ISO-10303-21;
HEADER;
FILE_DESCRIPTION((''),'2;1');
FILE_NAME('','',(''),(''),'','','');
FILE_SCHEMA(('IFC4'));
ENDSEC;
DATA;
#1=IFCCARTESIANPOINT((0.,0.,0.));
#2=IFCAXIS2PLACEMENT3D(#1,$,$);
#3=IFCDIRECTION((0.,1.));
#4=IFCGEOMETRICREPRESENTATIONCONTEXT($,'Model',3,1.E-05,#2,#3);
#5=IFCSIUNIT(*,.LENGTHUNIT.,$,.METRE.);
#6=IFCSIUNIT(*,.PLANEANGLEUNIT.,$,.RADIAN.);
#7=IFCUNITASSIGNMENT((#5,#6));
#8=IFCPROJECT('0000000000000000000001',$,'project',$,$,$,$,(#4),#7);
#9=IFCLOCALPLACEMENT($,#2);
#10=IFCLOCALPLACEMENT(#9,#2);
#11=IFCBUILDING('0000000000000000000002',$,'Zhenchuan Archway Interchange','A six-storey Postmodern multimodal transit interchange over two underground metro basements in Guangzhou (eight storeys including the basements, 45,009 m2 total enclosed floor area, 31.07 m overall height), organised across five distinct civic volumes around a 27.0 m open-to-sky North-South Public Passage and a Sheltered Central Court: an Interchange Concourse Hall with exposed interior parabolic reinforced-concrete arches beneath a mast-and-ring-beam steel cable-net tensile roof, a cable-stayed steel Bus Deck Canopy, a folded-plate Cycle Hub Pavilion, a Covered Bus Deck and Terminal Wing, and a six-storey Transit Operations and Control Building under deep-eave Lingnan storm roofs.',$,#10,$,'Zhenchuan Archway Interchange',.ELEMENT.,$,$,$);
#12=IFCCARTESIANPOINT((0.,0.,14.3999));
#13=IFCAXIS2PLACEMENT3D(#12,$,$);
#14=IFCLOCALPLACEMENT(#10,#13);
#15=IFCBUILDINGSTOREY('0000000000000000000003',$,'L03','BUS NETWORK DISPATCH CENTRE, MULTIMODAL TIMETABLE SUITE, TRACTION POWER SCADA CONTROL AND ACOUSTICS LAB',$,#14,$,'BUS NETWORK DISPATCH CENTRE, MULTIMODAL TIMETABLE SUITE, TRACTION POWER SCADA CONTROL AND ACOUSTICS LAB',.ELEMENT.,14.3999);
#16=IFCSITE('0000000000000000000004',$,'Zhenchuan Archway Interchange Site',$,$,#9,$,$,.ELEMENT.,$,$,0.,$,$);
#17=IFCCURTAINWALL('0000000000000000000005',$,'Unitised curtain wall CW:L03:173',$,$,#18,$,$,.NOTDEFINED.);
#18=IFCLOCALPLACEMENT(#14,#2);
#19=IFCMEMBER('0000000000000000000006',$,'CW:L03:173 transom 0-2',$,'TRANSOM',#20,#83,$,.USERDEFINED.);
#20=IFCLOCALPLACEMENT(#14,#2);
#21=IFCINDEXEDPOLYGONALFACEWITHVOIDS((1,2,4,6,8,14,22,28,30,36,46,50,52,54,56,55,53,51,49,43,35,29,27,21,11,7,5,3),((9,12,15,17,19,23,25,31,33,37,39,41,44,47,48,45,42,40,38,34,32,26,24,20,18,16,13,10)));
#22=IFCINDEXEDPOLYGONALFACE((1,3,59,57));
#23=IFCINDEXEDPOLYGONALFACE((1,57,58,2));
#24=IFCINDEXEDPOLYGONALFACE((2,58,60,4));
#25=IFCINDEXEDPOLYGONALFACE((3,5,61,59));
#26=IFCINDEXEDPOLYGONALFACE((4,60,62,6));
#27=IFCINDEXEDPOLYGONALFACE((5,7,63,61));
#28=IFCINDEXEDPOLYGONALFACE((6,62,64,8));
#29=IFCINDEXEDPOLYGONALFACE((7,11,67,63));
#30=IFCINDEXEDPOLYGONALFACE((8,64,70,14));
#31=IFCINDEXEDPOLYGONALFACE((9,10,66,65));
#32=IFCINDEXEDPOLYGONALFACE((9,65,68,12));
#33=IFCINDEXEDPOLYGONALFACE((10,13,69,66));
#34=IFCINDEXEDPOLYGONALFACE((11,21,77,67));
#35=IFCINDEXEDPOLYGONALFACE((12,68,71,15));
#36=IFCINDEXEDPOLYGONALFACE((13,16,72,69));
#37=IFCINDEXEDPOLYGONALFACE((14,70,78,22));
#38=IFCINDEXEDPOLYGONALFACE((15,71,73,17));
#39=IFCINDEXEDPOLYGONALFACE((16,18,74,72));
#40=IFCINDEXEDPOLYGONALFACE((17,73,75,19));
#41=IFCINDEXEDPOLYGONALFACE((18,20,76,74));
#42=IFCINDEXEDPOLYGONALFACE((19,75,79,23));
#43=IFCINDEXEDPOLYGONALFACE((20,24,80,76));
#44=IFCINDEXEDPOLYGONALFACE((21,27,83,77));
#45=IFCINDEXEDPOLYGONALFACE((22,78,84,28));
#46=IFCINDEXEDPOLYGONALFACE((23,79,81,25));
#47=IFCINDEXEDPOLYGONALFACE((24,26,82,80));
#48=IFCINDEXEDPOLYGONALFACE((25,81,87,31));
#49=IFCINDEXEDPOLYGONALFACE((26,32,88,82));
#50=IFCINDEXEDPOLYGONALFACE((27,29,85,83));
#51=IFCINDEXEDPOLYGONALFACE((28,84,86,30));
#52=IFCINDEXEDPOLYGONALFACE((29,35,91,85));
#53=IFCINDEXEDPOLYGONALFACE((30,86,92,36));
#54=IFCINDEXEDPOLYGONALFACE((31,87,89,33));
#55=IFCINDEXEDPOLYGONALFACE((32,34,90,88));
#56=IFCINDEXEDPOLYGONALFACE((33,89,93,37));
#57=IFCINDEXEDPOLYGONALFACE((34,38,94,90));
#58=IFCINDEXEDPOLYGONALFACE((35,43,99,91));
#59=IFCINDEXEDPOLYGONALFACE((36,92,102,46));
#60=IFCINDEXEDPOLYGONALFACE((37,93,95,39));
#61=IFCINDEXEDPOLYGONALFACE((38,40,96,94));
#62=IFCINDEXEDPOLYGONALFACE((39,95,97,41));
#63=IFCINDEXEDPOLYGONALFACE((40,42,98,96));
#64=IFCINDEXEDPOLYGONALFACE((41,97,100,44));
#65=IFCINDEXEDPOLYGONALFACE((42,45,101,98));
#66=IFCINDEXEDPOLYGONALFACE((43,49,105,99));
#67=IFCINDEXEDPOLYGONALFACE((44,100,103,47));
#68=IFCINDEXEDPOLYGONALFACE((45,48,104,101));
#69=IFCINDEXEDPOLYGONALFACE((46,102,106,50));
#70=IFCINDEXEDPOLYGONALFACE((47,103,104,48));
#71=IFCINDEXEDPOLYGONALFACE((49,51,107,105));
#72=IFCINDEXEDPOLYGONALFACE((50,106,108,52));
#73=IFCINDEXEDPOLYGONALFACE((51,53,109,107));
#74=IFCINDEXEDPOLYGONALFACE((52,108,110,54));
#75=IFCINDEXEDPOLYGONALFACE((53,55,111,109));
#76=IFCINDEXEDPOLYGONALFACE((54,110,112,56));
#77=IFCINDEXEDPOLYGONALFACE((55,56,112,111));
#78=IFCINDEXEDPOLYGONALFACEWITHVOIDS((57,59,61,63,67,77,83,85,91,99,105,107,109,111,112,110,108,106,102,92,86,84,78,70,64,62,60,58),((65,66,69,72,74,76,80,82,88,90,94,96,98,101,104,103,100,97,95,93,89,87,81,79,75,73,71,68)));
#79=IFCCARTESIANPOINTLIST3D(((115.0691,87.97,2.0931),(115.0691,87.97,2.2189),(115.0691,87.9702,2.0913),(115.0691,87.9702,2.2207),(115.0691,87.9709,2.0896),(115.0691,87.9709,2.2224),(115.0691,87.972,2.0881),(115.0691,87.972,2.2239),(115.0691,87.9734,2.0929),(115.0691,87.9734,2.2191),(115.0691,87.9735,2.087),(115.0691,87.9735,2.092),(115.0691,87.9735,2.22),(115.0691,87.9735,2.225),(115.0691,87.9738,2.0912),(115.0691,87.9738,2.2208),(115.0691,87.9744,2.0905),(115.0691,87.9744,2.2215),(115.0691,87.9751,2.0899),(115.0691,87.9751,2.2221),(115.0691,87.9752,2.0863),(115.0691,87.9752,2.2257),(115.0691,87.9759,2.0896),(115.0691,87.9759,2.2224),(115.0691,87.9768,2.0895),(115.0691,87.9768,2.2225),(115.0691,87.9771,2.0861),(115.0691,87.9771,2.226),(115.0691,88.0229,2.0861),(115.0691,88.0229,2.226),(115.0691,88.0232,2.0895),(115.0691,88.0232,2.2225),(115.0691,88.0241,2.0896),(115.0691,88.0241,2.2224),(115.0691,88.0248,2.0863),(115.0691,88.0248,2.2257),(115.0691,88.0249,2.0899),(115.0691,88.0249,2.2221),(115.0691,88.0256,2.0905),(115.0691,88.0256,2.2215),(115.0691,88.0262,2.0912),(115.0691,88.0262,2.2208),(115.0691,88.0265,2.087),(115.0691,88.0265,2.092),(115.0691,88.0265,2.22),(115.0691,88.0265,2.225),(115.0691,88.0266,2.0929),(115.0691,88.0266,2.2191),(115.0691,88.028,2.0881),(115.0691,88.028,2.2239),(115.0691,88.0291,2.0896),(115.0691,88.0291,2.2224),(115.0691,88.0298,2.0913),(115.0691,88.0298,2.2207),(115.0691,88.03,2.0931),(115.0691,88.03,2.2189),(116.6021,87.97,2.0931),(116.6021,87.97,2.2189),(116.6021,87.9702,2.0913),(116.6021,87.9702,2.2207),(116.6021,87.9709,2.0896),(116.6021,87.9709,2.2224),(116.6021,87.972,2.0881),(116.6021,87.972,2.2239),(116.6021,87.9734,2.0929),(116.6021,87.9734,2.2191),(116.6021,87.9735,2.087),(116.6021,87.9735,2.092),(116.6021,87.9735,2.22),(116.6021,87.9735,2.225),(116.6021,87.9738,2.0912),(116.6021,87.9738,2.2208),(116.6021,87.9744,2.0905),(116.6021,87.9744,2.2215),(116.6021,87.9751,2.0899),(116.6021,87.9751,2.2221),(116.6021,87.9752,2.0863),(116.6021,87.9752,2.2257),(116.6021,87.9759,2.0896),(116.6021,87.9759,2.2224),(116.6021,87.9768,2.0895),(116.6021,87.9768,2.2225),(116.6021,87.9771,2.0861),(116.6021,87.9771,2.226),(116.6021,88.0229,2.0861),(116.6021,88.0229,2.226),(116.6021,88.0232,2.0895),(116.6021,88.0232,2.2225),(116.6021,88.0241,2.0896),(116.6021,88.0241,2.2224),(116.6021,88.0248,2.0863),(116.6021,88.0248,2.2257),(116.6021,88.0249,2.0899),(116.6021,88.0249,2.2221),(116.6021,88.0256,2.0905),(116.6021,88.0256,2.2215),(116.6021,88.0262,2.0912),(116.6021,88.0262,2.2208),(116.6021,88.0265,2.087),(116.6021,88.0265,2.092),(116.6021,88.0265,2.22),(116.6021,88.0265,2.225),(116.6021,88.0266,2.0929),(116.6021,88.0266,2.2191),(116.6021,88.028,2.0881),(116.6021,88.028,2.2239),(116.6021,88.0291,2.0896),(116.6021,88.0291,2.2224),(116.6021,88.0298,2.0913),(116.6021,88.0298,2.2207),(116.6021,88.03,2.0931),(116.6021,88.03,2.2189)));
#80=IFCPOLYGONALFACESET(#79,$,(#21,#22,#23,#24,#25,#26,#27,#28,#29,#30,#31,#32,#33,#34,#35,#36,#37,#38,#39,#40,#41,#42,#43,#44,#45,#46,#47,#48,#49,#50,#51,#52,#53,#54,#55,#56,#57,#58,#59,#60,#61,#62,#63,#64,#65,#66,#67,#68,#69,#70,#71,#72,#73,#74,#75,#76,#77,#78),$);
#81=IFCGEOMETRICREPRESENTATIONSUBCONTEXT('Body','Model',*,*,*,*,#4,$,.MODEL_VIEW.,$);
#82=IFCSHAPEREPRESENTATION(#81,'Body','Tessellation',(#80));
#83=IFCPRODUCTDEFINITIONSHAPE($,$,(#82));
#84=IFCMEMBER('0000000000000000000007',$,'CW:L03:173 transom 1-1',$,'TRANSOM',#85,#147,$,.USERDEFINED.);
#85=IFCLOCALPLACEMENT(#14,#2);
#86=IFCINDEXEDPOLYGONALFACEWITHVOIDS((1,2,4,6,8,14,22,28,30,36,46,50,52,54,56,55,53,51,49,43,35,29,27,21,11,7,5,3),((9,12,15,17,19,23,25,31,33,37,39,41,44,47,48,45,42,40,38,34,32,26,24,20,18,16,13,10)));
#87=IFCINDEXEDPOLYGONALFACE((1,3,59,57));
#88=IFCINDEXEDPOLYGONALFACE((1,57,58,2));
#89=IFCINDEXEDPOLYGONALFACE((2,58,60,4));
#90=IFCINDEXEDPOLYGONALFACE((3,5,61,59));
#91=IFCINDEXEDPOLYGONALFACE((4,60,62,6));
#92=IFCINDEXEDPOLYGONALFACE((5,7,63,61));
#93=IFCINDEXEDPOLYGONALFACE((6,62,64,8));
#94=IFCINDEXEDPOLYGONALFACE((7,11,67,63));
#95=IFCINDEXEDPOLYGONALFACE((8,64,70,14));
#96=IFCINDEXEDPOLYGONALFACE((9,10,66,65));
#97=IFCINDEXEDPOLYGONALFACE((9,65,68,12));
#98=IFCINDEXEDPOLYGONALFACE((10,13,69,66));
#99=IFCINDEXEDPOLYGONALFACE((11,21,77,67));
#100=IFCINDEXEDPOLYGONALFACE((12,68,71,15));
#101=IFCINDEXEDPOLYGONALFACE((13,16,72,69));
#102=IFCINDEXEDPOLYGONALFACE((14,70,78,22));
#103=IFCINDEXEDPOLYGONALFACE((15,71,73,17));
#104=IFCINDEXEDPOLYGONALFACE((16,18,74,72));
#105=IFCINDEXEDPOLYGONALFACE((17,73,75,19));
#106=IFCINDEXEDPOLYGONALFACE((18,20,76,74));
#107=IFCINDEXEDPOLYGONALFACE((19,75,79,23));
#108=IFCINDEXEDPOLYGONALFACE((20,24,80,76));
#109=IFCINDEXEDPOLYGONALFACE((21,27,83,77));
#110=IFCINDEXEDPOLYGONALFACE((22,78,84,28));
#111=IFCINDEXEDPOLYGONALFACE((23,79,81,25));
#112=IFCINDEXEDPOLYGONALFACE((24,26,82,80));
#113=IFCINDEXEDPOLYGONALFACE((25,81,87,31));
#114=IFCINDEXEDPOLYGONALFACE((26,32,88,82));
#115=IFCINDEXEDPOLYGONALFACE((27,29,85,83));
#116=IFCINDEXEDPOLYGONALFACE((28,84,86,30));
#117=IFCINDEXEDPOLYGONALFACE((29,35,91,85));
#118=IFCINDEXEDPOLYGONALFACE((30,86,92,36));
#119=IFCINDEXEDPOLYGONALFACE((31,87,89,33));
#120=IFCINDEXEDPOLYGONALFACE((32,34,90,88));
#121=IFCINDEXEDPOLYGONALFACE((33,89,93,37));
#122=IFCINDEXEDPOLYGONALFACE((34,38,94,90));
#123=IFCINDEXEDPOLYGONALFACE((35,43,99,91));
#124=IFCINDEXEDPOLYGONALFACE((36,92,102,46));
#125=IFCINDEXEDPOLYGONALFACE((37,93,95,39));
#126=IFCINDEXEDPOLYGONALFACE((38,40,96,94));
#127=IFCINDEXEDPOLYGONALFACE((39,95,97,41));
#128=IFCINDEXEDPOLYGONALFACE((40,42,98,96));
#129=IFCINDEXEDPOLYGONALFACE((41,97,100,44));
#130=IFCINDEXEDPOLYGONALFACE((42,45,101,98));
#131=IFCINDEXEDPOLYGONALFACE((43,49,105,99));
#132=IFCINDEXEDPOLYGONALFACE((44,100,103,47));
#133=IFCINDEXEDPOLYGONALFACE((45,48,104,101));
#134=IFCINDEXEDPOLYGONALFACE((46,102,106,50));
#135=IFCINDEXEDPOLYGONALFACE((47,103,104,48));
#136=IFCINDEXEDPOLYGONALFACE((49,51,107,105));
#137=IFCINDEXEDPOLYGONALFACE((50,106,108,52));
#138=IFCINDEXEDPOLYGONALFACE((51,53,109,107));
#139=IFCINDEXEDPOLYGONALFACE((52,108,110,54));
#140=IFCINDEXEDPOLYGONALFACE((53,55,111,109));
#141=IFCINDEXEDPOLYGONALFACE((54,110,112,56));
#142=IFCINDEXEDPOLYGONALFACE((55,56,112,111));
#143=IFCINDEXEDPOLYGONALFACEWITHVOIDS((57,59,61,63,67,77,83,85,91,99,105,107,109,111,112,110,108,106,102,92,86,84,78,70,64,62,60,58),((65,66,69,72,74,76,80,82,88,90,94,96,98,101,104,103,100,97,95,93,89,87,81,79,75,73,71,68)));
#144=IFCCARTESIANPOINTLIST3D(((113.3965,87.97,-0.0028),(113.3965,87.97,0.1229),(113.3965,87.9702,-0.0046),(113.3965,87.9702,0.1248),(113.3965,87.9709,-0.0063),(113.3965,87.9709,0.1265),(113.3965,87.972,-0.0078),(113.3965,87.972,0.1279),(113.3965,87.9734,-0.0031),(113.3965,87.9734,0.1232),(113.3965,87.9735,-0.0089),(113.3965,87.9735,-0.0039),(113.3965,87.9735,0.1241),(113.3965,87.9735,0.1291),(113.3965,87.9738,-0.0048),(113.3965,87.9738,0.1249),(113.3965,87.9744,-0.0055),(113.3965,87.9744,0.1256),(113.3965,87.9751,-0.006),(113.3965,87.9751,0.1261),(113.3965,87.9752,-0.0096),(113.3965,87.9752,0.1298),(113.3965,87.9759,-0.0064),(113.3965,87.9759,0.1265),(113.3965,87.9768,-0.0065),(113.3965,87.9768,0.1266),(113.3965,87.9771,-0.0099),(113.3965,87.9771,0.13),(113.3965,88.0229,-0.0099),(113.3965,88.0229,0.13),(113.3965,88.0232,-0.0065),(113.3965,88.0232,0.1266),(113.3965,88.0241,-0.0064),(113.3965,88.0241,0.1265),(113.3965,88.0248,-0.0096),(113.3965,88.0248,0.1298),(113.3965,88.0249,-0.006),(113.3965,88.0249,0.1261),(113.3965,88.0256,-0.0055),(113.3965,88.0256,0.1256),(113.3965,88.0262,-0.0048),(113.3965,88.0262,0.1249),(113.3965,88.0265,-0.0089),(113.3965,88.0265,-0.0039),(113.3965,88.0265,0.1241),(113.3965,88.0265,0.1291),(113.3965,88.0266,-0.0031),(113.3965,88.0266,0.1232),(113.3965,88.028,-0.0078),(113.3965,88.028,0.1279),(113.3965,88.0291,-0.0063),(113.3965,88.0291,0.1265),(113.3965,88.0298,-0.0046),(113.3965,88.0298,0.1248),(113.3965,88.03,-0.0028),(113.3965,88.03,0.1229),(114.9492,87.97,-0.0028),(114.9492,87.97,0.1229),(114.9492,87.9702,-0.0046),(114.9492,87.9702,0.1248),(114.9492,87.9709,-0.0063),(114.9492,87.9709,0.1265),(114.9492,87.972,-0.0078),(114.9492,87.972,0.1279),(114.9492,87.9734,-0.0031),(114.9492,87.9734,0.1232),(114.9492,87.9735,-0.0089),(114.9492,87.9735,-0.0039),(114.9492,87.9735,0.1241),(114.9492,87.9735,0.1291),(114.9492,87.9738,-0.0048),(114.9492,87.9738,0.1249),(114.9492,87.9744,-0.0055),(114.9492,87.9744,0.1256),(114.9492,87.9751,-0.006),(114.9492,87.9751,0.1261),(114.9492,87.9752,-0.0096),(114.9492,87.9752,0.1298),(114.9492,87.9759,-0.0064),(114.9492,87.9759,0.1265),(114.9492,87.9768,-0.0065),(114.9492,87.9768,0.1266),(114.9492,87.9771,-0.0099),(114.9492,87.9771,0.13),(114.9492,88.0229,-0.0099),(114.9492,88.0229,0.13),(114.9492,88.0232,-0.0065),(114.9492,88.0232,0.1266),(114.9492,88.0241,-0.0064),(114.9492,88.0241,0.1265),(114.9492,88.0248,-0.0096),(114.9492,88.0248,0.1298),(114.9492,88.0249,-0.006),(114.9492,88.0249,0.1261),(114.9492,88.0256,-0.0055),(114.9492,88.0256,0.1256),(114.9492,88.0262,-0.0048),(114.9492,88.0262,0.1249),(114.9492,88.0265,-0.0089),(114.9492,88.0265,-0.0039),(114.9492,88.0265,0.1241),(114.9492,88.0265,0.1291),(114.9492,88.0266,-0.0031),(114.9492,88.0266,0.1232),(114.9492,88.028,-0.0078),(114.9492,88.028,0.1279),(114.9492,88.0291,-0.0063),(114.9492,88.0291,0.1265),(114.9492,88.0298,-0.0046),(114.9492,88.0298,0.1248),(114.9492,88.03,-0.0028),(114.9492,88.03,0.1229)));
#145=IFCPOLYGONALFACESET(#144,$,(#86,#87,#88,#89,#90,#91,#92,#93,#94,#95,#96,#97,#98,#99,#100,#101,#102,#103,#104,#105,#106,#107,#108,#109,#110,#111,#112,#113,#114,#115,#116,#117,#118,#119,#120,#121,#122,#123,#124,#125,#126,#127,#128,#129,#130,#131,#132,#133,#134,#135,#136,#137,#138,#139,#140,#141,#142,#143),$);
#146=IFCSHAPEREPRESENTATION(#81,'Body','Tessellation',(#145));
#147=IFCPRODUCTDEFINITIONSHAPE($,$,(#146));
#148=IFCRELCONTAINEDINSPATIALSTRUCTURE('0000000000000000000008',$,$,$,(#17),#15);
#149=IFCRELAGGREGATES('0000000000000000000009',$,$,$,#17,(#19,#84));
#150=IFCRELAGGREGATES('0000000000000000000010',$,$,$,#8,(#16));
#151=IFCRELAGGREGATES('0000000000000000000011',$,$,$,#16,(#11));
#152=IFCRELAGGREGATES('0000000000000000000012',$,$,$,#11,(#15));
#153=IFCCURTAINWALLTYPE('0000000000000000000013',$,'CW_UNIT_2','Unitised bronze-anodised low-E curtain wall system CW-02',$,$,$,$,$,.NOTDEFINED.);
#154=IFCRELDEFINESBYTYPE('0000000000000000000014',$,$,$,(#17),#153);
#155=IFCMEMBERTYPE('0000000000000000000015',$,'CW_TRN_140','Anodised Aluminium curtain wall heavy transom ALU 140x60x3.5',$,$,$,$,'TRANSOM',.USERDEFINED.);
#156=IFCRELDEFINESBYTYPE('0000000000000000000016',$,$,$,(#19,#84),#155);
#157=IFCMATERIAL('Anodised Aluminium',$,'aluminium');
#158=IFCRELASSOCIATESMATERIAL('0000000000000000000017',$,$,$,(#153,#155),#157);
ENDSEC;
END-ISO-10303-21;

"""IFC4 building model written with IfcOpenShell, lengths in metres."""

from ifc_helpers import new_model, si_unit, direction, frame, origin, origin_2d, place, context, subcontext, project, spatial, hollow_rectangle, extrude, material, material_profile, profile_set, type_object, element, aggregate, save


model = new_model("IFC4")

# Units and contexts
model_context = context("Model", 3, precision=1e-05, world=origin(), true_north=direction((0.0, 1.0)))
body_context = subcontext(model_context, "Body", "Model", "MODEL_VIEW")
ifc_project = project(units=[si_unit("LENGTHUNIT", "METRE"), si_unit("PLANEANGLEUNIT", "RADIAN")], contexts=[model_context])

# Site, building, storey
site_placement = place(None, origin())
site = spatial("IfcSite", under=ifc_project, at=site_placement, Name="Zhenchuan Archway Interchange Site", CompositionType="ELEMENT", RefElevation=0.0)
building_placement = place(site_placement, origin())
building = spatial("IfcBuilding", under=site, at=building_placement, Name="Zhenchuan Archway Interchange", Description="A six-storey Postmodern multimodal transit interchange over two underground metro basements in Guangzhou (eight storeys including the basements, 45,009 m2 total enclosed floor area, 31.07 m overall height), organised across five distinct civic volumes around a 27.0 m open-to-sky North-South Public Passage and a Sheltered Central Court: an Interchange Concourse Hall with exposed interior parabolic reinforced-concrete arches beneath a mast-and-ring-beam steel cable-net tensile roof, a cable-stayed steel Bus Deck Canopy, a folded-plate Cycle Hub Pavilion, a Covered Bus Deck and Terminal Wing, and a six-storey Transit Operations and Control Building under deep-eave Lingnan storm roofs.", LongName="Zhenchuan Archway Interchange", CompositionType="ELEMENT")
storey_placement = place(building_placement, frame((0.0, 0.0, 14.3999)))
storey = spatial("IfcBuildingStorey", under=building, at=storey_placement, Name="L03", Description="BUS NETWORK DISPATCH CENTRE, MULTIMODAL TIMETABLE SUITE, TRACTION POWER SCADA CONTROL AND ACOUSTICS LAB", LongName="BUS NETWORK DISPATCH CENTRE, MULTIMODAL TIMETABLE SUITE, TRACTION POWER SCADA CONTROL AND ACOUSTICS LAB", CompositionType="ELEMENT", Elevation=14.3999)

# Curtain wall, members
ifc_material_1 = material(Name="Anodised Aluminium", Category="aluminium")
curtain_wall_type = type_object("IfcCurtainWallType", Name="CW_UNIT_2", Description="Unitised bronze-anodised low-E curtain wall system CW-02", PredefinedType="NOTDEFINED", material=ifc_material_1)
curtain_wall_placement = place(storey_placement, origin())
curtain_wall = element("IfcCurtainWall", 1, at=curtain_wall_placement, inside=storey, type_object=curtain_wall_type, Name="Unitised curtain wall CW:L03:173", PredefinedType="NOTDEFINED")
ifc_material_profile_1 = material_profile(ifc_material_1, hollow_rectangle(XDim=0.0601, YDim=0.1399, WallThickness=0.0034, InnerFilletRadius=0.0034, OuterFilletRadius=0.0071, at=origin_2d()), Name="ALU 140x60x3.5")
ifc_profile_set_1 = profile_set([ifc_material_profile_1], Name="Anodised Aluminium")
member_type_1 = type_object("IfcMemberType", Name="CW_TRN_140", Description="Anodised Aluminium curtain wall heavy transom ALU 140x60x3.5", ElementType="TRANSOM", PredefinedType="USERDEFINED", material=ifc_profile_set_1)
member_1_placement = place(storey_placement, frame((116.6021, 88.0, 2.156), z_axis=(-1.0, 0.0, 0.0), x_axis=(0.0, -1.0, 0.0)))
member_1 = element("IfcMember", 2, at=member_1_placement, type_object=member_type_1, Name="CW:L03:173 transom 0-2", ObjectType="TRANSOM", PredefinedType="USERDEFINED", context=body_context, shape_type="SweptSolid", body=[
    extrude(hollow_rectangle(XDim=0.0601, YDim=0.1399, WallThickness=0.0034, InnerFilletRadius=0.0034, OuterFilletRadius=0.0071, at=origin_2d()), origin(), (0.0, 0.0, 1.0), 1.533),
])
member_2_placement = place(storey_placement, frame((114.9492, 88.0, 0.0601), z_axis=(-1.0, 0.0, 0.0), x_axis=(0.0, -1.0, 0.0)))
member_2 = element("IfcMember", 3, at=member_2_placement, type_object=member_type_1, Name="CW:L03:173 transom 1-1", ObjectType="TRANSOM", PredefinedType="USERDEFINED", context=body_context, shape_type="SweptSolid", body=[
    extrude(hollow_rectangle(XDim=0.0601, YDim=0.1399, WallThickness=0.0034, InnerFilletRadius=0.0034, OuterFilletRadius=0.0071, at=origin_2d()), origin(), (0.0, 0.0, 1.0), 1.5527),
])

aggregate(curtain_wall, [member_1, member_2])

save(model, "model.ifc")
